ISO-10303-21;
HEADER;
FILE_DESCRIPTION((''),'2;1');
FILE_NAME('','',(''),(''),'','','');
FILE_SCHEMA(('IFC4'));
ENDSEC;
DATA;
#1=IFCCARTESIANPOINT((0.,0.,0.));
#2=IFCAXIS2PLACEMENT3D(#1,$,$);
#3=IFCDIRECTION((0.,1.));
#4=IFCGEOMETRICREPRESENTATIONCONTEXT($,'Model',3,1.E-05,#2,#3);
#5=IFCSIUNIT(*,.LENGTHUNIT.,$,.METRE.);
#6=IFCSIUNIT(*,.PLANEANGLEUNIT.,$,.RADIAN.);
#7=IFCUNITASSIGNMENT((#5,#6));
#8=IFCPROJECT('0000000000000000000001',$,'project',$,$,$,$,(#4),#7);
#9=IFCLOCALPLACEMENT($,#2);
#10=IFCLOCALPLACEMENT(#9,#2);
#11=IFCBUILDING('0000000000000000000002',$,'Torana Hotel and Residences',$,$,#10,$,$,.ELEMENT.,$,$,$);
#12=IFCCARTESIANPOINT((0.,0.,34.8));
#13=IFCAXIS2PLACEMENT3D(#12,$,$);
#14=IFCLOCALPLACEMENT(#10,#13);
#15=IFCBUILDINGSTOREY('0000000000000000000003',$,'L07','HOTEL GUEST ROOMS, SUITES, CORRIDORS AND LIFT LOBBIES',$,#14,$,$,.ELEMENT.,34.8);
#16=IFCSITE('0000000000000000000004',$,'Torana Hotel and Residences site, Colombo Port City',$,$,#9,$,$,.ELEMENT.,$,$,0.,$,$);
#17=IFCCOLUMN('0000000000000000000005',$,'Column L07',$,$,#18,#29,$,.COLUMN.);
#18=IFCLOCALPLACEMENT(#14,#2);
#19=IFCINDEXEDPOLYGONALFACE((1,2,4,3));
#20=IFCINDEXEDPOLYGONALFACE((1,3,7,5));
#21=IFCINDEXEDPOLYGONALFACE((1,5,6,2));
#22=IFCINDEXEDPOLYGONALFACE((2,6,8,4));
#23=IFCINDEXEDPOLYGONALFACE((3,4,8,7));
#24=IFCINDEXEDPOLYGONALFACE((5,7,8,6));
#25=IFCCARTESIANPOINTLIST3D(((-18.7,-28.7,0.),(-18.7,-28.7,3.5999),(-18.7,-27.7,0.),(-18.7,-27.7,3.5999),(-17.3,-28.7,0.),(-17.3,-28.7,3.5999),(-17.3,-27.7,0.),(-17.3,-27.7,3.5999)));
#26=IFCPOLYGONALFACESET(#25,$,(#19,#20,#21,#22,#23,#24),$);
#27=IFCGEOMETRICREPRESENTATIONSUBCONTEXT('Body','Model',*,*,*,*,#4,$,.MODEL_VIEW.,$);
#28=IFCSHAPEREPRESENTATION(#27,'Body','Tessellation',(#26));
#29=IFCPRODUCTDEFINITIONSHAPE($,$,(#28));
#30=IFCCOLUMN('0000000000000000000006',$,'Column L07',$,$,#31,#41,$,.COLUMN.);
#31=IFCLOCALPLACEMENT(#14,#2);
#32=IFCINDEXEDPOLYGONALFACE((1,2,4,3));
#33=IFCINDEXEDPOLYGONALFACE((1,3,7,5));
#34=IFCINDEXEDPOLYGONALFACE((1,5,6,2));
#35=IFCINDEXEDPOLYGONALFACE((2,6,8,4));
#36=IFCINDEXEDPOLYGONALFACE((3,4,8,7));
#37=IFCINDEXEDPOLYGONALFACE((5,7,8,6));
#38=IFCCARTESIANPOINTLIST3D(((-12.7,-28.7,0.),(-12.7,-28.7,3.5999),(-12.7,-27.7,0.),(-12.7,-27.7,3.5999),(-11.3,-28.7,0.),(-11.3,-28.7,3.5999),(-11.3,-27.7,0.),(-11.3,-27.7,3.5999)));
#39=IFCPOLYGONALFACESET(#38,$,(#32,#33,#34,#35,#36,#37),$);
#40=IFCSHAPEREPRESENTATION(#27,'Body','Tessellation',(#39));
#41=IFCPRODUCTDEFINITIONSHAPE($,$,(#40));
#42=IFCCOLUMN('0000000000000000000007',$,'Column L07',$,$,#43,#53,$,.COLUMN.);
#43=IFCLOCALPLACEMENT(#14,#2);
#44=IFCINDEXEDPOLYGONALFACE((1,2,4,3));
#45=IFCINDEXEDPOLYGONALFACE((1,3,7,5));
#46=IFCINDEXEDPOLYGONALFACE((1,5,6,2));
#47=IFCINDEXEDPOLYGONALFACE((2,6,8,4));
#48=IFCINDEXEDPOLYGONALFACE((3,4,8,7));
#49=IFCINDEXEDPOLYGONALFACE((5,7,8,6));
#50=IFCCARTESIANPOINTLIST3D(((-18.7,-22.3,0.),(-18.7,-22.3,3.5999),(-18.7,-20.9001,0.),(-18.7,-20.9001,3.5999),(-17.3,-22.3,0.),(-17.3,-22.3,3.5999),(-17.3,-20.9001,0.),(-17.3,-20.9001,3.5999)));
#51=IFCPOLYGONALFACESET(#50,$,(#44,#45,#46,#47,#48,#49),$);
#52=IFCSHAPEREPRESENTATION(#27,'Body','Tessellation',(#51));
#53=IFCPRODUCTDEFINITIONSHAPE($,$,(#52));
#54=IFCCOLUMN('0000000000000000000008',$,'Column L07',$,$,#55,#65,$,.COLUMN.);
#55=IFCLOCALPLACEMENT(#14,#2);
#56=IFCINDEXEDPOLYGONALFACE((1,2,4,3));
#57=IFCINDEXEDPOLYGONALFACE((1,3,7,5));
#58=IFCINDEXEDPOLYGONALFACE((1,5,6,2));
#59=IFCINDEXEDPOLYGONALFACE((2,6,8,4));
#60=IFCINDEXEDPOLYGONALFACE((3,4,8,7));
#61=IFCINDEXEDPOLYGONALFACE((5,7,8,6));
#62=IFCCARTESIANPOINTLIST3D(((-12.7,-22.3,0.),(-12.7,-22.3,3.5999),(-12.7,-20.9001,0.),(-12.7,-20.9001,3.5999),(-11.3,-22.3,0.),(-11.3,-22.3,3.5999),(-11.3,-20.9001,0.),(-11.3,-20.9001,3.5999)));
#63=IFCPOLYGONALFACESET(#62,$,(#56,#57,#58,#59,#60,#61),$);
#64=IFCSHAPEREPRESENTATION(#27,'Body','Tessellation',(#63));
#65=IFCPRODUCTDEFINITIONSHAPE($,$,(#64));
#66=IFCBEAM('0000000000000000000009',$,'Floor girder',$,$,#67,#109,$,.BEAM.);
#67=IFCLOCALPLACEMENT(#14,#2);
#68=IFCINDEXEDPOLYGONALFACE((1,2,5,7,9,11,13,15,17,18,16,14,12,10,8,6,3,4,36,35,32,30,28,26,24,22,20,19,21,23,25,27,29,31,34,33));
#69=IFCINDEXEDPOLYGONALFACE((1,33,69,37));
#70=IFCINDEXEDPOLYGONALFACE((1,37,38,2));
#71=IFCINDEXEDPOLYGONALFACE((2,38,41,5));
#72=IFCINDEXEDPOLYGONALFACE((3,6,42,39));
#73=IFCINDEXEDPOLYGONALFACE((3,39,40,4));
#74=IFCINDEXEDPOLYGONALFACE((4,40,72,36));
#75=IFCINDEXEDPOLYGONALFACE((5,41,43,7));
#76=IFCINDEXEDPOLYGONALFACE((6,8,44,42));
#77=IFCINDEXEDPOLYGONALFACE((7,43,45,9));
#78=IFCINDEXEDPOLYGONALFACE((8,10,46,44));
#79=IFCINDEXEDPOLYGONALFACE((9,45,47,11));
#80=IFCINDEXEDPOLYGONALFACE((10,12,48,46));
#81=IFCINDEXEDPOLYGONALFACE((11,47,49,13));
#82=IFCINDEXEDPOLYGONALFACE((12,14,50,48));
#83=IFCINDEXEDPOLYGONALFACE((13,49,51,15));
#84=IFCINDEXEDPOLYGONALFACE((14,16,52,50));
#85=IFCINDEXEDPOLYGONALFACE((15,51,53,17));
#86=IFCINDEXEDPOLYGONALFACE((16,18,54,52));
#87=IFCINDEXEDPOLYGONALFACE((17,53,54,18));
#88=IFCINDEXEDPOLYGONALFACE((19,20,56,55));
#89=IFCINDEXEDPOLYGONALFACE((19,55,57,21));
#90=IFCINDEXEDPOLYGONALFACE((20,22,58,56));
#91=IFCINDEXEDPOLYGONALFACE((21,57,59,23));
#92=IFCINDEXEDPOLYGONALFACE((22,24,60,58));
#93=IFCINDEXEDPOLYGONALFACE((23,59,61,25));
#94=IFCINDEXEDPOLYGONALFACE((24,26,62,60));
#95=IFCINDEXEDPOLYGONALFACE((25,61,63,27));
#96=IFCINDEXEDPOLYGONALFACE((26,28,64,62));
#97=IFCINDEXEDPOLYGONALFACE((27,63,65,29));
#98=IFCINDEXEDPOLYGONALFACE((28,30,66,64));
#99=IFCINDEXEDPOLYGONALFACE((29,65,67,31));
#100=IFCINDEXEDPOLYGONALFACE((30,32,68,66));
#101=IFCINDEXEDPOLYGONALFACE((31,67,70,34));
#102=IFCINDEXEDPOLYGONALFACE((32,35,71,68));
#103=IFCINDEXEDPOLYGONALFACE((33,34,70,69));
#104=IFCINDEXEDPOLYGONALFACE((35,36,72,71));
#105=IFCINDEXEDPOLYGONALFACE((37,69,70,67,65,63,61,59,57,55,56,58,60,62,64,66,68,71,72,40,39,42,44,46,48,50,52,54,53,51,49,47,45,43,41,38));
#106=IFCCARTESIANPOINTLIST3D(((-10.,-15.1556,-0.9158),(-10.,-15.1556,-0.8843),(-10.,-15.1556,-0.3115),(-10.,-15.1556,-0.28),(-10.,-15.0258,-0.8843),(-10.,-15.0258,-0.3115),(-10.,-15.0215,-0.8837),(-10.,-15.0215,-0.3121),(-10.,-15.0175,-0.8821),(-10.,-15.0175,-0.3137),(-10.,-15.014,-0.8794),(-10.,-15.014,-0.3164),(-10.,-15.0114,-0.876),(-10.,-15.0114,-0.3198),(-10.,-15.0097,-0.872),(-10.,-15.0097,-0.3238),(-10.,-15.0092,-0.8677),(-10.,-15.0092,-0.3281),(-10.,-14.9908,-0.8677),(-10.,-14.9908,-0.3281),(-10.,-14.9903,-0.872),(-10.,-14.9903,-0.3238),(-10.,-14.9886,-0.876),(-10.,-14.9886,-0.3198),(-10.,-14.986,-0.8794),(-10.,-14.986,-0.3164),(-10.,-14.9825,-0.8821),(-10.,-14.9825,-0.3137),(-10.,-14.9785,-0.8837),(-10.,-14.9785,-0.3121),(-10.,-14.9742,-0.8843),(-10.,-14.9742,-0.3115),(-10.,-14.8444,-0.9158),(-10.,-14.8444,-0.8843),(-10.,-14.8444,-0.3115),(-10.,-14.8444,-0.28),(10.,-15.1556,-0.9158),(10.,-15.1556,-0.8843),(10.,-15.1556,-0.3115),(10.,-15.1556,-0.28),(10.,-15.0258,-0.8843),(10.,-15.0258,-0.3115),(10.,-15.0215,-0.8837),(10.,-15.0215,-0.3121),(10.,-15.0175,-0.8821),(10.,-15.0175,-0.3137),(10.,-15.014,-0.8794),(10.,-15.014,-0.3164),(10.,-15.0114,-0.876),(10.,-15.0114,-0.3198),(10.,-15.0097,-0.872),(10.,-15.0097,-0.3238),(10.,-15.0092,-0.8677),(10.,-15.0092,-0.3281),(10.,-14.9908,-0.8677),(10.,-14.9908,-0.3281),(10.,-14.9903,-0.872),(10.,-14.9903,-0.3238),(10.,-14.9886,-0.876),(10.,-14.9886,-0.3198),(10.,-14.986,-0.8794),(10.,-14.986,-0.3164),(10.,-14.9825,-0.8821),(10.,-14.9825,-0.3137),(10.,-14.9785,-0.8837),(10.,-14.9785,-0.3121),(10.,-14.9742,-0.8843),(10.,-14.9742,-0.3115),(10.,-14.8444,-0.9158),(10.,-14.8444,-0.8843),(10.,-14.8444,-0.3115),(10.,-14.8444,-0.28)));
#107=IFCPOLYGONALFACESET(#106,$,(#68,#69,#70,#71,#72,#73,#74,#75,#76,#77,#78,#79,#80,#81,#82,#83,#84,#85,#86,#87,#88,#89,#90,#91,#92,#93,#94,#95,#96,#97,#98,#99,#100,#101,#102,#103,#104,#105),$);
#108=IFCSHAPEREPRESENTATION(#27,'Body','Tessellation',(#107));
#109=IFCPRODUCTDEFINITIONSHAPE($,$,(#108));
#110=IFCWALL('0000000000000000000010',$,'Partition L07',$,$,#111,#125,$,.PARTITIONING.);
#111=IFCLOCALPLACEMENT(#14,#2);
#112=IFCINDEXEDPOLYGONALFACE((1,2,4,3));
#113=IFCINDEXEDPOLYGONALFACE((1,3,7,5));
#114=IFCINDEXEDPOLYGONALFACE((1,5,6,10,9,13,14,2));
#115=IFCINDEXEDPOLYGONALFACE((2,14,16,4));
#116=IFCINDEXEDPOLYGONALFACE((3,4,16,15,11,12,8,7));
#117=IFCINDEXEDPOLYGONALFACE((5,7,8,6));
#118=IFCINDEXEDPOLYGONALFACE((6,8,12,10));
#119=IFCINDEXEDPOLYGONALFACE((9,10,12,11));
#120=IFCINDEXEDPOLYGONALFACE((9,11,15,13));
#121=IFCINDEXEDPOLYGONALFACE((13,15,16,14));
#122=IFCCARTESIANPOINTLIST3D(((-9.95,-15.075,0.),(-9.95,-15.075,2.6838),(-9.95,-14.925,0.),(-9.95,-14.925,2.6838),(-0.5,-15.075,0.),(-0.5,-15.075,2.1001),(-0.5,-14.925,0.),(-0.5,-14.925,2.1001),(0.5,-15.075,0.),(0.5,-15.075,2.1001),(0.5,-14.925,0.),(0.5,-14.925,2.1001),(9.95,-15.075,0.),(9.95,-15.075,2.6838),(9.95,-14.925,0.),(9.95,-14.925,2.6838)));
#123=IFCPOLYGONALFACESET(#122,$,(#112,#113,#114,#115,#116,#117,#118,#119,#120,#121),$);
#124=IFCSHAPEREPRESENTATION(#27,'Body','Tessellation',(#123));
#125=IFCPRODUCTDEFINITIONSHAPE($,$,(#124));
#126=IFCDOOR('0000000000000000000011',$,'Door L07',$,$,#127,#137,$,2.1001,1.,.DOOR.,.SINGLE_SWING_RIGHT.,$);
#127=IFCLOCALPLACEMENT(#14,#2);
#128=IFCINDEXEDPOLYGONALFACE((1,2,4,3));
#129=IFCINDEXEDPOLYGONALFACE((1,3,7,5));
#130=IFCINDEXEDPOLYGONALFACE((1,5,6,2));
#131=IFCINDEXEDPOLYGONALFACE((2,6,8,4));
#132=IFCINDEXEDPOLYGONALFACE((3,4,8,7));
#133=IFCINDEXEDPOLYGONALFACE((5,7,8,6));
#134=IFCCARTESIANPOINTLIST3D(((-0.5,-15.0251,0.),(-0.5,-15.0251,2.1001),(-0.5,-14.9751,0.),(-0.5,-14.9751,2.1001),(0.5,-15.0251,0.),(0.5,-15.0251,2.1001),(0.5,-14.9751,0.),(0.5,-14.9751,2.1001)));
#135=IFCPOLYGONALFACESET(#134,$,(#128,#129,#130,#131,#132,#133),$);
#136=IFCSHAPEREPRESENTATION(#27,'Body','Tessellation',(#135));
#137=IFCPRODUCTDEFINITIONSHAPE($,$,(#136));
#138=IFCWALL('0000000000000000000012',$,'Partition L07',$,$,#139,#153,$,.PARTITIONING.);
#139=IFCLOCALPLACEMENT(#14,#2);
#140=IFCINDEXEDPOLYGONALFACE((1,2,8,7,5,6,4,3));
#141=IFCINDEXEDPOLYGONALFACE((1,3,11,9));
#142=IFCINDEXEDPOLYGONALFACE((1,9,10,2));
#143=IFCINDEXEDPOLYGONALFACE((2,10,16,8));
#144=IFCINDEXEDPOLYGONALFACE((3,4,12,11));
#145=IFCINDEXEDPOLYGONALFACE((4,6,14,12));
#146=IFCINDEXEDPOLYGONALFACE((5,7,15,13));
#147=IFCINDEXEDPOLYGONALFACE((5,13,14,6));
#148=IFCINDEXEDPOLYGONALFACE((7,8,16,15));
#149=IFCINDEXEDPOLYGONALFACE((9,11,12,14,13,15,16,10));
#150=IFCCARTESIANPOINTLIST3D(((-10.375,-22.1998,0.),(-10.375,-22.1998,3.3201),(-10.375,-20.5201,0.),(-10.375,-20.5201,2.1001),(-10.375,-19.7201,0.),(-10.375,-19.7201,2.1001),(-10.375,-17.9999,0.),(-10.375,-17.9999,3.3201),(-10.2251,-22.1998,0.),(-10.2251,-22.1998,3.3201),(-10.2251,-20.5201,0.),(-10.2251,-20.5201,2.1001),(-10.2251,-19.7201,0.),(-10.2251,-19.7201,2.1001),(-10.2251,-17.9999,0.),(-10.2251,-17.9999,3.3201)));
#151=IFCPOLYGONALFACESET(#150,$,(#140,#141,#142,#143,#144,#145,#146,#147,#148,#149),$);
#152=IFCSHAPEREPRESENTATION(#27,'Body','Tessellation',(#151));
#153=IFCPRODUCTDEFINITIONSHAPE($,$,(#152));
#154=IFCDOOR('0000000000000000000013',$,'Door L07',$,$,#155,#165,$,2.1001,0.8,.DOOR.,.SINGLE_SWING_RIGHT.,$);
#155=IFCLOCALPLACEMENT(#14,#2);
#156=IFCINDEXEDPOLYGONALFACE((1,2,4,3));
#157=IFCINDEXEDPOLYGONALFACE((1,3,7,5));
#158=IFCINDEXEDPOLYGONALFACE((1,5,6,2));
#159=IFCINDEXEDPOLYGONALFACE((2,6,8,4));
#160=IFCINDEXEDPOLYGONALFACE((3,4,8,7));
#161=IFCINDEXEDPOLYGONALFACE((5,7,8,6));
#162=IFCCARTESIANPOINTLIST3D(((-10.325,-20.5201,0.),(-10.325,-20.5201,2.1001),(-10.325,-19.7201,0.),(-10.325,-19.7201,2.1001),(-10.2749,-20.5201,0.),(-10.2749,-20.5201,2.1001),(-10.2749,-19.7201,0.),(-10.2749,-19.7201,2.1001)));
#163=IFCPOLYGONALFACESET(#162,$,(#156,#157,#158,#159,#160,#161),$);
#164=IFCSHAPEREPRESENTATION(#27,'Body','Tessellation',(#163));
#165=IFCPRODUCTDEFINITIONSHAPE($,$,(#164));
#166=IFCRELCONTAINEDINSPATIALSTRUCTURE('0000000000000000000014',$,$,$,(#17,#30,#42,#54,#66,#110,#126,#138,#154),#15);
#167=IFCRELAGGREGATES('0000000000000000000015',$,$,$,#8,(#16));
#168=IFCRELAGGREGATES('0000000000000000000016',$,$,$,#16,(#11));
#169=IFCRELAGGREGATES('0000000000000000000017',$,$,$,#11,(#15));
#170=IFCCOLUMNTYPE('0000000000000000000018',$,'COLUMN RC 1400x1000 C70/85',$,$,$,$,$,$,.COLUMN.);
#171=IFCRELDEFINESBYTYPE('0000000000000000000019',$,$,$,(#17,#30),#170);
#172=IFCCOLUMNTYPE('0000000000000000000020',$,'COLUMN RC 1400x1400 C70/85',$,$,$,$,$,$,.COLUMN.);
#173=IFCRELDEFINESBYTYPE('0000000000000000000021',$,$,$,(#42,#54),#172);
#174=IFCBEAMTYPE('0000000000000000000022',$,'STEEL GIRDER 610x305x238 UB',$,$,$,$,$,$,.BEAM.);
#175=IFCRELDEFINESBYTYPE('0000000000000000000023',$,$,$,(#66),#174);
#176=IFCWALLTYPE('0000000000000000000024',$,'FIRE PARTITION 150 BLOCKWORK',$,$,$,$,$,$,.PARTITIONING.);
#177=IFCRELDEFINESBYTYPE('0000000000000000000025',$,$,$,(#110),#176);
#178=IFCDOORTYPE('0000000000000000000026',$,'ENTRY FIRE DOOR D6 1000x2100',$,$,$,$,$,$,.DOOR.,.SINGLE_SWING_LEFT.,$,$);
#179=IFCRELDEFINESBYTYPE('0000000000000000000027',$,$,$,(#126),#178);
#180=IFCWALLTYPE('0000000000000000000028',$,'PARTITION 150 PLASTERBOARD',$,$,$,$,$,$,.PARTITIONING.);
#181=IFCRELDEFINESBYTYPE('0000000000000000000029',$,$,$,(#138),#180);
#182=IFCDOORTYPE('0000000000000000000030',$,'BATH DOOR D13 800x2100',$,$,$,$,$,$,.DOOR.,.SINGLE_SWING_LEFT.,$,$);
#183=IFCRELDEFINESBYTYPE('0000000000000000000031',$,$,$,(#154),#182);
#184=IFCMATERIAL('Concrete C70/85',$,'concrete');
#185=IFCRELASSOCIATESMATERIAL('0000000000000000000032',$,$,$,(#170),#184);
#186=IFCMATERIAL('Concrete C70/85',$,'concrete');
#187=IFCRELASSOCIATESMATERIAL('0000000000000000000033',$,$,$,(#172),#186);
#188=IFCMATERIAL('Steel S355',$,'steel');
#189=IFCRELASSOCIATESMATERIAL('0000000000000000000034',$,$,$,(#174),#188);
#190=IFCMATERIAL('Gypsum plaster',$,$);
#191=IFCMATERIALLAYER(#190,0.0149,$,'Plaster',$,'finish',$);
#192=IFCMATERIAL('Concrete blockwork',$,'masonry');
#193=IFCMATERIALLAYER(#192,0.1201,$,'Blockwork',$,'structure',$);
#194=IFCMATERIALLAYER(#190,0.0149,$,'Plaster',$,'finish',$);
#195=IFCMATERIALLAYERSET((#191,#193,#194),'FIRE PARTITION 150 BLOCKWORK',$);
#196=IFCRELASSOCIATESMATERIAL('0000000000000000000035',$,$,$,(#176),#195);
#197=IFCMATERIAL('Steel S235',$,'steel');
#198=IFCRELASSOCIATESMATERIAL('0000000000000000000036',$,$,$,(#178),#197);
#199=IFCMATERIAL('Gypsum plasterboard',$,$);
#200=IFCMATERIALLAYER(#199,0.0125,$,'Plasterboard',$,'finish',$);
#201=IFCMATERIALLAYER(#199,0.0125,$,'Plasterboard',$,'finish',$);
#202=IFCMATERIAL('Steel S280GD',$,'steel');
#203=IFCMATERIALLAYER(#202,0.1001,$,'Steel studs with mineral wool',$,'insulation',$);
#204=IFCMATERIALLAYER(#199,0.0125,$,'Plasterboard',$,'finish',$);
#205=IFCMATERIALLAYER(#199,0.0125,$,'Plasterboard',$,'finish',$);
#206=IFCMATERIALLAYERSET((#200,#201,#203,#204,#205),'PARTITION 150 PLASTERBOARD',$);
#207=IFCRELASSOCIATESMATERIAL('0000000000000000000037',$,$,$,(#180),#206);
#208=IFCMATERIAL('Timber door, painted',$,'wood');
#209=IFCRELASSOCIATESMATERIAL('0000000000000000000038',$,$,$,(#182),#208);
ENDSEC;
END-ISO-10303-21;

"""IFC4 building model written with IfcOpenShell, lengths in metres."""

from ifc_helpers import new_model, si_unit, direction, frame, frame_2d, origin, origin_2d, place, context, subcontext, project, spatial, rectangle, i_section, extrude, material, layer, layer_set, material_profile, profile_set, type_object, element, fill, save


model = new_model("IFC4")

# Units and contexts
model_context = context("Model", 3, precision=1e-05, world=origin(), true_north=direction((0.0, 1.0)))
body_context = subcontext(model_context, "Body", "Model", "MODEL_VIEW")
ifc_project = project(units=[si_unit("LENGTHUNIT", "METRE"), si_unit("PLANEANGLEUNIT", "RADIAN")], contexts=[model_context])

# Site, building, storey
site_placement = place(None, origin())
site = spatial("IfcSite", under=ifc_project, at=site_placement, Name="Torana Hotel and Residences site, Colombo Port City", CompositionType="ELEMENT", RefElevation=0.0)
building_placement = place(site_placement, origin())
building = spatial("IfcBuilding", under=site, at=building_placement, Name="Torana Hotel and Residences", CompositionType="ELEMENT")
storey_placement = place(building_placement, frame((0.0, 0.0, 34.8)))
storey = spatial("IfcBuildingStorey", under=building, at=storey_placement, Name="L07", Description="HOTEL GUEST ROOMS, SUITES, CORRIDORS AND LIFT LOBBIES", CompositionType="ELEMENT", Elevation=34.8)

# Columns
ifc_material_1 = material(Name="Concrete C70/85", Category="concrete")
ifc_material_profile_1 = material_profile(ifc_material_1, rectangle(XDim=1.3999, YDim=1.0, at=origin_2d()), Name="RC 1400x1000")
ifc_profile_set_1 = profile_set([ifc_material_profile_1], Name="Concrete C70/85")
column_type_1 = type_object("IfcColumnType", Name="COLUMN RC 1400x1000 C70/85", PredefinedType="COLUMN", material=ifc_profile_set_1)
for number, where, z_axis, x_axis, name in (
    (1, (-18.0, -28.2, 0.0), (0.0, 0.0, 1.0), (1.0, 0.0, 0.0), "Column L07"),
    (2, (-12.0, -28.2, 0.0), (0.0, 0.0, 1.0), (1.0, 0.0, 0.0), "Column L07"),
):
    element("IfcColumn", number, at=place(storey_placement, frame(where, z_axis=z_axis, x_axis=x_axis)), inside=storey, type_object=column_type_1, Name=name, PredefinedType="COLUMN", context=body_context, shape_type="SweptSolid", body=[
        extrude(rectangle(XDim=1.3999, YDim=1.0, at=origin_2d()), origin(), (0.0, 0.0, 1.0), 3.5999),
    ])
ifc_material_2 = material(Name="Concrete C70/85", Category="concrete")
ifc_material_profile_2 = material_profile(ifc_material_2, rectangle(XDim=1.3999, YDim=1.3999, at=origin_2d()), Name="RC 1400x1400")
ifc_profile_set_2 = profile_set([ifc_material_profile_2], Name="Concrete C70/85")
column_type_2 = type_object("IfcColumnType", Name="COLUMN RC 1400x1400 C70/85", PredefinedType="COLUMN", material=ifc_profile_set_2)
for number, where, z_axis, x_axis, name in (
    (3, (-18.0, -21.6001, 0.0), (0.0, 0.0, 1.0), (1.0, 0.0, 0.0), "Column L07"),
    (4, (-12.0, -21.6001, 0.0), (0.0, 0.0, 1.0), (1.0, 0.0, 0.0), "Column L07"),
):
    element("IfcColumn", number, at=place(storey_placement, frame(where, z_axis=z_axis, x_axis=x_axis)), inside=storey, type_object=column_type_2, Name=name, PredefinedType="COLUMN", context=body_context, shape_type="SweptSolid", body=[
        extrude(rectangle(XDim=1.3999, YDim=1.3999, at=origin_2d()), origin(), (0.0, 0.0, 1.0), 3.5999),
    ])

# Beam
ifc_material_3 = material(Name="Steel S355", Category="steel")
ifc_material_profile_3 = material_profile(ifc_material_3, i_section(OverallWidth=0.3113, OverallDepth=0.6357, WebThickness=0.0183, FlangeThickness=0.0315, FilletRadius=0.0166, at=origin_2d()), Name="610x305x238 UB")
ifc_profile_set_3 = profile_set([ifc_material_profile_3], Name="Steel S355")
beam_type = type_object("IfcBeamType", Name="STEEL GIRDER 610x305x238 UB", PredefinedType="BEAM", material=ifc_profile_set_3)
beam_placement = place(storey_placement, frame((-10.0, -15.0, -0.5979), z_axis=(1.0, 0.0, 0.0), x_axis=(0.0, 1.0, 0.0)))
element("IfcBeam", 5, at=beam_placement, inside=storey, type_object=beam_type, Name="Floor girder", PredefinedType="BEAM", context=body_context, shape_type="SweptSolid", body=[
    extrude(i_section(OverallWidth=0.3113, OverallDepth=0.6357, WebThickness=0.0183, FlangeThickness=0.0315, FilletRadius=0.0166, at=origin_2d()), origin(), (0.0, 0.0, 1.0), 20.0),
])

# Walls, openings, doors
ifc_material_4 = material(Name="Gypsum plaster")
ifc_layer_1 = layer(ifc_material_4, 0.0149, Name="Plaster", Category="finish")
ifc_material_5 = material(Name="Concrete blockwork", Category="masonry")
ifc_layer_2 = layer(ifc_material_5, 0.1201, Name="Blockwork", Category="structure")
ifc_layer_3 = layer(ifc_material_4, 0.0149, Name="Plaster", Category="finish")
ifc_layer_set_1 = layer_set([ifc_layer_1, ifc_layer_2, ifc_layer_3], Name="FIRE PARTITION 150 BLOCKWORK")
wall_type_1 = type_object("IfcWallType", Name="FIRE PARTITION 150 BLOCKWORK", PredefinedType="PARTITIONING", material=ifc_layer_set_1)
wall_1_placement = place(storey_placement, frame((-9.95, -15.0, 0.0), z_axis=(0.0, 0.0, 1.0), x_axis=(1.0, 0.0, 0.0)))
wall_1 = element("IfcWall", 6, at=wall_1_placement, inside=storey, type_object=wall_type_1, Name="Partition L07", PredefinedType="PARTITIONING", context=body_context, shape_type="SweptSolid", body=[
    extrude(rectangle(XDim=19.8999, YDim=0.1499, at=frame_2d((9.95, 0.0))), origin(), (0.0, 0.0, 1.0), 2.6838),
])
opening_1_placement = place(wall_1_placement, frame((9.45, 0.0, 0.0)))
opening_1 = element("IfcOpeningElement", 7, at=opening_1_placement, cuts=wall_1, PredefinedType="OPENING", context=body_context, shape_type="SweptSolid", body=[
    extrude(rectangle(XDim=1.0, YDim=2.1001, at=frame_2d((0.5, 1.05))), frame((0.0, 0.085, 0.0), z_axis=(0.0, -1.0, 0.0), x_axis=(1.0, 0.0, 0.0)), (0.0, 0.0, 1.0), 0.1699),
])
ifc_material_6 = material(Name="Steel S235", Category="steel")
door_type_1 = type_object("IfcDoorType", Name="ENTRY FIRE DOOR D6 1000x2100", OperationType="SINGLE_SWING_LEFT", PredefinedType="DOOR", material=ifc_material_6)
door_1_placement = place(opening_1_placement, origin())
door_1 = element("IfcDoor", 8, at=door_1_placement, inside=storey, type_object=door_type_1, Name="Door L07", OperationType="SINGLE_SWING_RIGHT", OverallHeight=2.1001, OverallWidth=1.0, PredefinedType="DOOR", context=body_context, shape_type="SweptSolid", body=[
    extrude(rectangle(XDim=1.0, YDim=2.1001, at=frame_2d((0.5, 1.05))), frame((0.0, 0.0249, 0.0), z_axis=(0.0, -1.0, 0.0), x_axis=(1.0, 0.0, 0.0)), (0.0, 0.0, 1.0), 0.05),
])
fill(opening_1, door_1)
ifc_material_7 = material(Name="Gypsum plasterboard")
ifc_layer_4 = layer(ifc_material_7, 0.0125, Name="Plasterboard", Category="finish")
ifc_layer_5 = layer(ifc_material_7, 0.0125, Name="Plasterboard", Category="finish")
ifc_material_8 = material(Name="Steel S280GD", Category="steel")
ifc_layer_6 = layer(ifc_material_8, 0.1001, Name="Steel studs with mineral wool", Category="insulation")
ifc_layer_7 = layer(ifc_material_7, 0.0125, Name="Plasterboard", Category="finish")
ifc_layer_8 = layer(ifc_material_7, 0.0125, Name="Plasterboard", Category="finish")
ifc_layer_set_2 = layer_set([ifc_layer_4, ifc_layer_5, ifc_layer_6, ifc_layer_7, ifc_layer_8], Name="PARTITION 150 PLASTERBOARD")
wall_type_2 = type_object("IfcWallType", Name="PARTITION 150 PLASTERBOARD", PredefinedType="PARTITIONING", material=ifc_layer_set_2)
wall_2_placement = place(storey_placement, frame((-10.3, -22.2, 0.0), z_axis=(0.0, 0.0, 1.0), x_axis=(0.0, 1.0, 0.0)))
wall_2 = element("IfcWall", 9, at=wall_2_placement, inside=storey, type_object=wall_type_2, Name="Partition L07", PredefinedType="PARTITIONING", context=body_context, shape_type="SweptSolid", body=[
    extrude(rectangle(XDim=4.2, YDim=0.1499, at=frame_2d((2.1001, 0.0))), origin(), (0.0, 0.0, 1.0), 3.3201),
])
opening_2_placement = place(wall_2_placement, frame((1.6799, 0.0, 0.0)))
opening_2 = element("IfcOpeningElement", 10, at=opening_2_placement, cuts=wall_2, PredefinedType="OPENING", context=body_context, shape_type="SweptSolid", body=[
    extrude(rectangle(XDim=0.8, YDim=2.1001, at=frame_2d((0.3999, 1.05))), frame((0.0, 0.085, 0.0), z_axis=(0.0, -1.0, 0.0), x_axis=(1.0, 0.0, 0.0)), (0.0, 0.0, 1.0), 0.1699),
])
ifc_material_9 = material(Name="Timber door, painted", Category="wood")
door_type_2 = type_object("IfcDoorType", Name="BATH DOOR D13 800x2100", OperationType="SINGLE_SWING_LEFT", PredefinedType="DOOR", material=ifc_material_9)
door_2_placement = place(opening_2_placement, origin())
door_2 = element("IfcDoor", 11, at=door_2_placement, inside=storey, type_object=door_type_2, Name="Door L07", OperationType="SINGLE_SWING_RIGHT", OverallHeight=2.1001, OverallWidth=0.8, PredefinedType="DOOR", context=body_context, shape_type="SweptSolid", body=[
    extrude(rectangle(XDim=0.8, YDim=2.1001, at=frame_2d((0.3999, 1.05))), frame((0.0, 0.0249, 0.0), z_axis=(0.0, -1.0, 0.0), x_axis=(1.0, 0.0, 0.0)), (0.0, 0.0, 1.0), 0.05),
])
fill(opening_2, door_2)

save(model, "model.ifc")
